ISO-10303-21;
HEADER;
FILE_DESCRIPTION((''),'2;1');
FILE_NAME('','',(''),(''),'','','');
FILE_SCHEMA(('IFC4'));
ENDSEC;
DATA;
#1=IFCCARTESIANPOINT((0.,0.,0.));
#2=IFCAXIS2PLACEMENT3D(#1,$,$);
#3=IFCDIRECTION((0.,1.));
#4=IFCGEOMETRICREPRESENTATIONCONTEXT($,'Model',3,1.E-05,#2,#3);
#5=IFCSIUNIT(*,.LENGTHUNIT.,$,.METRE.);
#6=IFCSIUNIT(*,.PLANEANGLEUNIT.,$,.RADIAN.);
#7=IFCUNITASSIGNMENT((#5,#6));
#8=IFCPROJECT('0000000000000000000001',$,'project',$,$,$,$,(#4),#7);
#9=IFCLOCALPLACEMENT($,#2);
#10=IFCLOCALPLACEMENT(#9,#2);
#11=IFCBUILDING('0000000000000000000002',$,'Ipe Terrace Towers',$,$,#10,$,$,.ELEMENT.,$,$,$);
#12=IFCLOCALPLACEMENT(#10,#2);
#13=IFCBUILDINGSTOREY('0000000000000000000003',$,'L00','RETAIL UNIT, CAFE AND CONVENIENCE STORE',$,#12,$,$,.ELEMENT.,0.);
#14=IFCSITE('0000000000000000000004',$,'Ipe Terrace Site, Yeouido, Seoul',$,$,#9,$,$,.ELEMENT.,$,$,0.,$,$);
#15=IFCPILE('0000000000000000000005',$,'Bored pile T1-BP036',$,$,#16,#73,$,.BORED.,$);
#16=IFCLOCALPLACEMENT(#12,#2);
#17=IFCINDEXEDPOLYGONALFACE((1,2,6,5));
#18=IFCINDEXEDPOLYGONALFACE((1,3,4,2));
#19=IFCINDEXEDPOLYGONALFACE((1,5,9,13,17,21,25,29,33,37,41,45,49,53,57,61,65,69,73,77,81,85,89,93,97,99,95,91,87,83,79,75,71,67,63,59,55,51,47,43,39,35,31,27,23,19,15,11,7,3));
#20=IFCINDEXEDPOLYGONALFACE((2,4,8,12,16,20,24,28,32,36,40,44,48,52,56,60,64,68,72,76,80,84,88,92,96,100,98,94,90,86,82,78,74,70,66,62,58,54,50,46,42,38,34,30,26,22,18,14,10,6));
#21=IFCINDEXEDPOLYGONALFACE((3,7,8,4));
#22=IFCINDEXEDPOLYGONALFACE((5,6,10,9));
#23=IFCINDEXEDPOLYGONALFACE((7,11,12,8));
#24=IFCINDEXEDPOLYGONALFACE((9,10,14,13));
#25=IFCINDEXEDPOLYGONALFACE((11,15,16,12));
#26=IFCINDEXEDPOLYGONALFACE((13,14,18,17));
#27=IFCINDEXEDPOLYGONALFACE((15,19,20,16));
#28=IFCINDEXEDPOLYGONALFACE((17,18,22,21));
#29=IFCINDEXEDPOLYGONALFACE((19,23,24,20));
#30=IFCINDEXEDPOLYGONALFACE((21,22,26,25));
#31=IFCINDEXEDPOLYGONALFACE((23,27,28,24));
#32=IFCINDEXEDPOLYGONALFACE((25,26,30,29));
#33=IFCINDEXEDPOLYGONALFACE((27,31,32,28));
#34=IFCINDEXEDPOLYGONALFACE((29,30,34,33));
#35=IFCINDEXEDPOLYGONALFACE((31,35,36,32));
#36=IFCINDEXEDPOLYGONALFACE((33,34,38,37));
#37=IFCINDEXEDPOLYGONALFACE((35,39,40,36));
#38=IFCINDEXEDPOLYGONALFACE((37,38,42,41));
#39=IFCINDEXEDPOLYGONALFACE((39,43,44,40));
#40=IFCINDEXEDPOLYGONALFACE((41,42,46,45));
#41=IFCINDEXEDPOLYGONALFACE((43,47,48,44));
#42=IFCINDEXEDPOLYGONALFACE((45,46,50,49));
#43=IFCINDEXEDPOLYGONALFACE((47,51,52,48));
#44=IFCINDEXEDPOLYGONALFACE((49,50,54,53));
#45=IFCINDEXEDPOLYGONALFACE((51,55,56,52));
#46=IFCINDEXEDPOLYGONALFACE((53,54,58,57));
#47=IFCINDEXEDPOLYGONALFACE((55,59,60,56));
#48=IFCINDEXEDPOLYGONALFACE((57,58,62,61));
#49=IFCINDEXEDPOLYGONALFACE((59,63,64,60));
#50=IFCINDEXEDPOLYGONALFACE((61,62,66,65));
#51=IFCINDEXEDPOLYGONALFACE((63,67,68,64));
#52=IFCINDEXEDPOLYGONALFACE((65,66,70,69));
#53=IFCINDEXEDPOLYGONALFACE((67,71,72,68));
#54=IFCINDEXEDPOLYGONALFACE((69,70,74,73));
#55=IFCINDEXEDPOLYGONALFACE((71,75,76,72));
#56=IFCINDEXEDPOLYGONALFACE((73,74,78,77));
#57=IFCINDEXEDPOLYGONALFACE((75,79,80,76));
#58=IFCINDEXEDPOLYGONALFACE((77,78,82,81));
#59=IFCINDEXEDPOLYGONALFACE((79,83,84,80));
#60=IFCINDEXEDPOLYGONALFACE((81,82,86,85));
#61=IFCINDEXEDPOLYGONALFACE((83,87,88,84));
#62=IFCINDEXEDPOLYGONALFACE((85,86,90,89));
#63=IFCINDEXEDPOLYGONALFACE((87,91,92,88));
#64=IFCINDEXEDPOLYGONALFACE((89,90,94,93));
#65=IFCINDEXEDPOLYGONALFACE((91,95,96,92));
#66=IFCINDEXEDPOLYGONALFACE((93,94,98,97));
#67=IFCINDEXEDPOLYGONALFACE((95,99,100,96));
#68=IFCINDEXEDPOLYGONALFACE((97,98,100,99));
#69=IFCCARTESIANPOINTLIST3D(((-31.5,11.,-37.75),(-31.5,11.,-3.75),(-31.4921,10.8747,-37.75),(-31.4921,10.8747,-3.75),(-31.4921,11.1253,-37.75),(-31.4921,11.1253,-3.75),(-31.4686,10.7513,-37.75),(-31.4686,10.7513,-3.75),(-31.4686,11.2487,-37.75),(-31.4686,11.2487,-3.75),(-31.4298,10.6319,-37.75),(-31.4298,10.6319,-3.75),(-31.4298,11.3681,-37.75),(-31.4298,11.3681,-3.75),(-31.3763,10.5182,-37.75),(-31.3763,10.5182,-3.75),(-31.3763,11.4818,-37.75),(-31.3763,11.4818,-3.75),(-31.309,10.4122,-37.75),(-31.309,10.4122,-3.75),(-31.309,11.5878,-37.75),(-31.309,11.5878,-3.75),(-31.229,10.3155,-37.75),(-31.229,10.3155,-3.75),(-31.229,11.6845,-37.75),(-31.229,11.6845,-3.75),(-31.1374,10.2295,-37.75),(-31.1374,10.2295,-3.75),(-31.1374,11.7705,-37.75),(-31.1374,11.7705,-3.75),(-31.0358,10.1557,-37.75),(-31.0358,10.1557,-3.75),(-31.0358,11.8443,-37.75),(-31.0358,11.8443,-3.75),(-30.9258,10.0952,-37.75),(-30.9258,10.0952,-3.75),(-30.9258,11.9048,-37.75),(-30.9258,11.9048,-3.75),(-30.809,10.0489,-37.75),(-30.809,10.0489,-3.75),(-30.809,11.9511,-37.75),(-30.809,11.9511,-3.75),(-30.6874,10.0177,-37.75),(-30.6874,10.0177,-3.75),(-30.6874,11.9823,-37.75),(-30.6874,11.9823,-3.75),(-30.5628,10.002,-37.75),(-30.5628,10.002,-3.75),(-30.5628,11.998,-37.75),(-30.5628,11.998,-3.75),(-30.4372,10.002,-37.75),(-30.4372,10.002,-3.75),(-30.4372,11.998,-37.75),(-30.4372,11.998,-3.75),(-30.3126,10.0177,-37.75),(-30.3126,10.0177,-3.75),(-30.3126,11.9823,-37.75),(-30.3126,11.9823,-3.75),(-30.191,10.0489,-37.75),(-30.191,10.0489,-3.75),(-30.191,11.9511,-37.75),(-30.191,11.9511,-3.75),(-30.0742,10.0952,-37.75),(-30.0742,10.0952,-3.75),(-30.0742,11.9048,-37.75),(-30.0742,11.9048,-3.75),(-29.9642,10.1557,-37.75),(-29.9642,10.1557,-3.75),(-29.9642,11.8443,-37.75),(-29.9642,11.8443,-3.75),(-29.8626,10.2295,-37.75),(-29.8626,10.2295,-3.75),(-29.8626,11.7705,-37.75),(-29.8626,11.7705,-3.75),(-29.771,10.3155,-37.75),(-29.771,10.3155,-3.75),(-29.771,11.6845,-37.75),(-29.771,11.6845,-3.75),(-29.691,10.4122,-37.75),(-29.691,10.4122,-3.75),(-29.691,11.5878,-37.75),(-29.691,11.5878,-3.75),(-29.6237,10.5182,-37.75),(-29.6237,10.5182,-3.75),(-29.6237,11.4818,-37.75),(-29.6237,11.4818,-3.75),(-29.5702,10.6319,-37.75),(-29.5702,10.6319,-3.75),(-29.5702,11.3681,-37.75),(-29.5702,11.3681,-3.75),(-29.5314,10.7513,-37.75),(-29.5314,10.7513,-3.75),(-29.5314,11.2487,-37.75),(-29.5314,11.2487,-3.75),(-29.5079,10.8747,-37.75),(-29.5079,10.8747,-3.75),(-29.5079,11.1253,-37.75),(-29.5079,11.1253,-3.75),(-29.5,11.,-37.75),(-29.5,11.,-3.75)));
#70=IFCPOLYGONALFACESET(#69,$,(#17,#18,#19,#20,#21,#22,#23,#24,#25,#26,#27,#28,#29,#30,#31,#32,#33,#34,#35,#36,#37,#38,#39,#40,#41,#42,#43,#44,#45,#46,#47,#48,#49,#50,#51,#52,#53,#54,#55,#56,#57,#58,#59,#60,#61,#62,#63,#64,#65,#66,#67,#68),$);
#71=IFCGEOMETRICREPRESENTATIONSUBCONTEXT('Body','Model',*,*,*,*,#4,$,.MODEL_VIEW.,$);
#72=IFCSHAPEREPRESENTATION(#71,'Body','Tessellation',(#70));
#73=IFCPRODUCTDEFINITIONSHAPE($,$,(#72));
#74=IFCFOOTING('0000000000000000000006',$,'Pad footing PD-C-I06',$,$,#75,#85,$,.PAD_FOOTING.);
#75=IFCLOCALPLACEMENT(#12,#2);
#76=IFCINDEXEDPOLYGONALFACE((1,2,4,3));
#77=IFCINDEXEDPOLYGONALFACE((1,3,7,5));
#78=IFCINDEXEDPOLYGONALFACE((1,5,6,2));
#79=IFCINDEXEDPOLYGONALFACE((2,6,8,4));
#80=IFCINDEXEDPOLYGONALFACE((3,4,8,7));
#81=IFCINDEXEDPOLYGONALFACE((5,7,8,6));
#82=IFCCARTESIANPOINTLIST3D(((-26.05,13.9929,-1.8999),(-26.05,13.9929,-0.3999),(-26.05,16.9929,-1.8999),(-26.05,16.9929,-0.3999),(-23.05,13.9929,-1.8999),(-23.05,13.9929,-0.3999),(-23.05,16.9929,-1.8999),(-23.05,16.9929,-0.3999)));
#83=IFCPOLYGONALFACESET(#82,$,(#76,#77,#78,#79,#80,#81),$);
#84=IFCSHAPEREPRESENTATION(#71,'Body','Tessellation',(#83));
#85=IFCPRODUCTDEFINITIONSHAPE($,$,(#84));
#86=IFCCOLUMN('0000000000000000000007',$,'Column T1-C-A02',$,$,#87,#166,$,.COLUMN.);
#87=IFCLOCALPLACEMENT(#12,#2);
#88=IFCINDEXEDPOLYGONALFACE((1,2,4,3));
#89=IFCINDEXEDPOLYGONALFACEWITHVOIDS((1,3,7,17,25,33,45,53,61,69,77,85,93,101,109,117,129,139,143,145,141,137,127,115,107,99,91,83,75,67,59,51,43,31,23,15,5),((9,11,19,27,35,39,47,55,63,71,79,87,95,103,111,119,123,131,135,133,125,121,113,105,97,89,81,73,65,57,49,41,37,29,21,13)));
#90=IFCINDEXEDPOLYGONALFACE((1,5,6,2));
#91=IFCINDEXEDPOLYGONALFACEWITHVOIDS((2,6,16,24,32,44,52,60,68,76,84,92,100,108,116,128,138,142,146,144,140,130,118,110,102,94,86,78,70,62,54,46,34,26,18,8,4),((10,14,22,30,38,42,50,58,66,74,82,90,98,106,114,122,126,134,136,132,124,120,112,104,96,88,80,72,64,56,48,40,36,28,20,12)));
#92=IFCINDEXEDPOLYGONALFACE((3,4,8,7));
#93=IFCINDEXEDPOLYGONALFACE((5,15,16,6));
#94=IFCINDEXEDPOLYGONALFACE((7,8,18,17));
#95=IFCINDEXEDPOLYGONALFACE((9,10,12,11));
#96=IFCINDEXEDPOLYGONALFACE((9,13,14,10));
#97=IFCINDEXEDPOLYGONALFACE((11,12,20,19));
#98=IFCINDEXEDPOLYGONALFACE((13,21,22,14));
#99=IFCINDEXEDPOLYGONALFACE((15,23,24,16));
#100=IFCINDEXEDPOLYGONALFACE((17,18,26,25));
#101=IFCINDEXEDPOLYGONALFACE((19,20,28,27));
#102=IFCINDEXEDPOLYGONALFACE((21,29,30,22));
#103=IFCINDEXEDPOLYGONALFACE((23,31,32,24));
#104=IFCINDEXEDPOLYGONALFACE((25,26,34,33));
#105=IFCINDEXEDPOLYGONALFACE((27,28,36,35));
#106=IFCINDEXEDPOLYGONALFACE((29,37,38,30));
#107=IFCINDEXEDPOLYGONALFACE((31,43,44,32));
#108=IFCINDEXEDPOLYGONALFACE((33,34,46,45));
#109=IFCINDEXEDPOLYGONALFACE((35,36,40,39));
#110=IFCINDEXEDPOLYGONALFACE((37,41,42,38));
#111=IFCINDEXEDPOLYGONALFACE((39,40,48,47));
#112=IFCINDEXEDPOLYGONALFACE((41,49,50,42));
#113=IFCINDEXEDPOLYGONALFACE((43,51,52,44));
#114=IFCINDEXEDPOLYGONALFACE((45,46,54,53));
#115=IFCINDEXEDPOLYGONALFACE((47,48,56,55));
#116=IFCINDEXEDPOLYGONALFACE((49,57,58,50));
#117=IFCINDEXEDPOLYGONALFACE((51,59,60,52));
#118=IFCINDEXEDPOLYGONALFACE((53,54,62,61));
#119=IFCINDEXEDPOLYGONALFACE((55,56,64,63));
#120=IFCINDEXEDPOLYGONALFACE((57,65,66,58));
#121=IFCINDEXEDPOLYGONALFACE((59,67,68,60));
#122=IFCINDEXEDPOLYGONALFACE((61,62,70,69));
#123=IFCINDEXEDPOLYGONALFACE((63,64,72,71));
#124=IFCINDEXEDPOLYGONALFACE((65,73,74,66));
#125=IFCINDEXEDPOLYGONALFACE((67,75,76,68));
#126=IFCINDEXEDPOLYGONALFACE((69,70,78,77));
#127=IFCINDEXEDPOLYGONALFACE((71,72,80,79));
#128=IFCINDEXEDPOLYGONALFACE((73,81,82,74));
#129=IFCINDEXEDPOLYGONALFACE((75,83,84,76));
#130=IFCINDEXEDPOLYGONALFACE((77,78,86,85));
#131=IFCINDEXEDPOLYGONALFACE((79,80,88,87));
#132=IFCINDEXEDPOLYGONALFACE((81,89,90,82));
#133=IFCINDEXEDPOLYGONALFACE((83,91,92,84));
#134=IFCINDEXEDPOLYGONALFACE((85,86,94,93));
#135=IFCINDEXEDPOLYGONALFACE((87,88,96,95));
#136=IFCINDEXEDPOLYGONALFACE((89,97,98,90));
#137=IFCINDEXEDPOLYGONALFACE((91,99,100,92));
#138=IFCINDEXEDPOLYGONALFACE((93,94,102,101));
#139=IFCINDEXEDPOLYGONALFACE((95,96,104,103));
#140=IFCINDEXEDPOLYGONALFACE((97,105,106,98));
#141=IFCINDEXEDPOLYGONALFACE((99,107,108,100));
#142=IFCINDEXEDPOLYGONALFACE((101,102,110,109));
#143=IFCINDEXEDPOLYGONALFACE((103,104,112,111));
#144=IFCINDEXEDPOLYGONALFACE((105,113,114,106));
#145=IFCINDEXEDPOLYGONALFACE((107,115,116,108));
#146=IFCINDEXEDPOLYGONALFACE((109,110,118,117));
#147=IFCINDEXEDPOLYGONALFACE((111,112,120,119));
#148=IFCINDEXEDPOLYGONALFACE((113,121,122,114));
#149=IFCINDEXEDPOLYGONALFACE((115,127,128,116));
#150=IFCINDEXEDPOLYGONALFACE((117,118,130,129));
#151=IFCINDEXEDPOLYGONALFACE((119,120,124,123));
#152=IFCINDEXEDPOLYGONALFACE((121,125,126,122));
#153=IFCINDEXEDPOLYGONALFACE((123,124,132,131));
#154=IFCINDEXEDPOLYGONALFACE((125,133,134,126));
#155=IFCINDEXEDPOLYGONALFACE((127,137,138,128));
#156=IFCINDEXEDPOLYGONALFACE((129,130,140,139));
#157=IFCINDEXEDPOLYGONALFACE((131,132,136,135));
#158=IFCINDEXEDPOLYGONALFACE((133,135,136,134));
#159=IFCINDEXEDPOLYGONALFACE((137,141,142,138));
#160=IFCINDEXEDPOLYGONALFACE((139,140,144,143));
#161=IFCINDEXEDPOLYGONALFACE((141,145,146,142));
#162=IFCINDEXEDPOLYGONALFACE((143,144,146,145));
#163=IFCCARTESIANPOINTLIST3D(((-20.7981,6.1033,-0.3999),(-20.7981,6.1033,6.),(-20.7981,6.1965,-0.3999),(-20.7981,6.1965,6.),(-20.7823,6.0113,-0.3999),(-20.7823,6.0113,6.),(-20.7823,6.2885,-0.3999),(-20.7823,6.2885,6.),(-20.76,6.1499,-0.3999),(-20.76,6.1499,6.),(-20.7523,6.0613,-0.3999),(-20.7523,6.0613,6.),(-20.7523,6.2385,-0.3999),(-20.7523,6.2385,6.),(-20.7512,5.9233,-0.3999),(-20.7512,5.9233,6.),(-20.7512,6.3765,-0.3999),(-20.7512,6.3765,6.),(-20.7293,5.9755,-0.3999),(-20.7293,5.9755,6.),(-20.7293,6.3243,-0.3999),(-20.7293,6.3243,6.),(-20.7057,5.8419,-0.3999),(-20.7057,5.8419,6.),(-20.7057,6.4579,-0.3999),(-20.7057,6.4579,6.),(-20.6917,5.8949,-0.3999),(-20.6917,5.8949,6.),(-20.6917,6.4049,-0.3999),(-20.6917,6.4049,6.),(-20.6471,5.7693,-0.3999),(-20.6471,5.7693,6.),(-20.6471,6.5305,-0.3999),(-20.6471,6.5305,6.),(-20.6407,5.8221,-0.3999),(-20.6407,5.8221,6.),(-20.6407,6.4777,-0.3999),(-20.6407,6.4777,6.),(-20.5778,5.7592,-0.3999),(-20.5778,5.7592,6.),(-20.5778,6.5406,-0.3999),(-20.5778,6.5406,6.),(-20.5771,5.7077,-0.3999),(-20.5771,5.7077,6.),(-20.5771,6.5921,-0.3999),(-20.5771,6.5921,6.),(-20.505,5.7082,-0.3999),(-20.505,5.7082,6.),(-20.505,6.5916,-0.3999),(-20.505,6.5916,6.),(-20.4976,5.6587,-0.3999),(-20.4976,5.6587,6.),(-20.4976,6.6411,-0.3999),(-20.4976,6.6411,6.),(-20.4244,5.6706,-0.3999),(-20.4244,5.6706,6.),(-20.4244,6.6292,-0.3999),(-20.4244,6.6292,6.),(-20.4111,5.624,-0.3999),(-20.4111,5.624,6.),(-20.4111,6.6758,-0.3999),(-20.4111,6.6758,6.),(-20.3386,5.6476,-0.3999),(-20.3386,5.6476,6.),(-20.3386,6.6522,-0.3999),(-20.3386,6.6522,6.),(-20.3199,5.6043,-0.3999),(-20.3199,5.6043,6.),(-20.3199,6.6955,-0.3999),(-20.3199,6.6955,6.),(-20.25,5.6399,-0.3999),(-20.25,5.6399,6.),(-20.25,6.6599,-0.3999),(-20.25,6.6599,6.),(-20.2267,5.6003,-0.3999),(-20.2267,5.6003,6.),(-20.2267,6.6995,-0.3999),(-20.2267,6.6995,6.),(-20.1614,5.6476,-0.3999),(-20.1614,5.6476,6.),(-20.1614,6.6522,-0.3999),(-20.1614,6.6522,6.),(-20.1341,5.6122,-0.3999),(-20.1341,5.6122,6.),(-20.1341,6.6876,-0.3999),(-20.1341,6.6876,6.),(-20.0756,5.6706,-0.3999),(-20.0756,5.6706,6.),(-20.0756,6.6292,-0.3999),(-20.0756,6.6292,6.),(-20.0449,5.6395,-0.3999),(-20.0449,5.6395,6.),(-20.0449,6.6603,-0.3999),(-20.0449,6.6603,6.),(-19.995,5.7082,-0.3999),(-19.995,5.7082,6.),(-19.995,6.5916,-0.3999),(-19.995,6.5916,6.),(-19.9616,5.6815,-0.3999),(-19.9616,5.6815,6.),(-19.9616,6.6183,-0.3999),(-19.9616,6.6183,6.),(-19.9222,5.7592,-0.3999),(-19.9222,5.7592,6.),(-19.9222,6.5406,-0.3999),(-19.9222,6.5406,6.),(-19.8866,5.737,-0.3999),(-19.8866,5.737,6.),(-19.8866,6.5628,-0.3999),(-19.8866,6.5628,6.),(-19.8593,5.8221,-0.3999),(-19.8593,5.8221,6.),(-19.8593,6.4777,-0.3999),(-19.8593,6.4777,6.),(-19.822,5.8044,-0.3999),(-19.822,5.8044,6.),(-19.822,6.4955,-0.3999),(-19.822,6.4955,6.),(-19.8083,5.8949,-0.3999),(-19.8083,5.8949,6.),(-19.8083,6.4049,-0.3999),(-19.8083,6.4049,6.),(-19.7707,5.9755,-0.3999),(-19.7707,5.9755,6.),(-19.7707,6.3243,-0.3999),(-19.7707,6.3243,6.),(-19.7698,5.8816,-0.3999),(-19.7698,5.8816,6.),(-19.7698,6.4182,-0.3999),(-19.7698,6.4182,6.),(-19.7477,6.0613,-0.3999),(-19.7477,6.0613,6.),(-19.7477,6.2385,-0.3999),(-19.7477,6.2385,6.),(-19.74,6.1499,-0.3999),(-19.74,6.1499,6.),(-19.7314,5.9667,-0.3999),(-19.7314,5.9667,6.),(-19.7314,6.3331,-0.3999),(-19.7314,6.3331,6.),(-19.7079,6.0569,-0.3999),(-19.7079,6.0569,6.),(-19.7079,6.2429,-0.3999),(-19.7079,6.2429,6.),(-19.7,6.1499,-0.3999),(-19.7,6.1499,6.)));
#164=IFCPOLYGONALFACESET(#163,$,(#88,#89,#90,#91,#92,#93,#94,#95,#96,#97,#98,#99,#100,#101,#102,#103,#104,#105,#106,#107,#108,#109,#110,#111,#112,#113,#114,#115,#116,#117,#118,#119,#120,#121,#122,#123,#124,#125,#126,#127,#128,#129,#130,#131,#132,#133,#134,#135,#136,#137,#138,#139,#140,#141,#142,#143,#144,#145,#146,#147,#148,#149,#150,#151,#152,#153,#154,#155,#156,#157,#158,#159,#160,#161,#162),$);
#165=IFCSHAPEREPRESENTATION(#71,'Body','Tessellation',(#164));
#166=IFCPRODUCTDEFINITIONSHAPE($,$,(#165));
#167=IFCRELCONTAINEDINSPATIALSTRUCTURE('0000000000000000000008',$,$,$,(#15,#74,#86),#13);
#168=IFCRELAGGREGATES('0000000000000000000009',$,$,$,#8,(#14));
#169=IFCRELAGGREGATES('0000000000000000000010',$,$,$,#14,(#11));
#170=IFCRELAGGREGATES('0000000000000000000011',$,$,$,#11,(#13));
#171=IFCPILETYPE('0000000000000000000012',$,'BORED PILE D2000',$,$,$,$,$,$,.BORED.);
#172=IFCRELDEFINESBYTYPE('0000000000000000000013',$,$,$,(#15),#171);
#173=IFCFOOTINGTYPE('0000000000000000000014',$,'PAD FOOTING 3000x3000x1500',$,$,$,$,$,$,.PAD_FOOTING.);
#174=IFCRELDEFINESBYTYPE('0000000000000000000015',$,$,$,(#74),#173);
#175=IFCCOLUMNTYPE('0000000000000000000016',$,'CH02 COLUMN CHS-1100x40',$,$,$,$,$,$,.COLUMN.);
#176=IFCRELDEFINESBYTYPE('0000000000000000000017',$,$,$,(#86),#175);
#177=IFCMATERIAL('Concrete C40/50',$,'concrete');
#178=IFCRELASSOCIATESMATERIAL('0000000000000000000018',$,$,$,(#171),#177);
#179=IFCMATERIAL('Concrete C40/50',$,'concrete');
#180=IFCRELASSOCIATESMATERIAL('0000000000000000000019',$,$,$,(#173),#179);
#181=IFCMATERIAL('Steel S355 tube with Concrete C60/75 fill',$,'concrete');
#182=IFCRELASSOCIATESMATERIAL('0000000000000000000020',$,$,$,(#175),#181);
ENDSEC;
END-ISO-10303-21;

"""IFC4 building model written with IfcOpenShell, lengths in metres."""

from ifc_helpers import new_model, si_unit, direction, frame, origin, origin_2d, place, context, subcontext, project, spatial, rectangle, circle, hollow_circle, extrude, material, material_profile, profile_set, type_object, element, save


model = new_model("IFC4")

# Units and contexts
model_context = context("Model", 3, precision=1e-05, world=origin(), true_north=direction((0.0, 1.0)))
body_context = subcontext(model_context, "Body", "Model", "MODEL_VIEW")
ifc_project = project(units=[si_unit("LENGTHUNIT", "METRE"), si_unit("PLANEANGLEUNIT", "RADIAN")], contexts=[model_context])

# Site, building, storey
site_placement = place(None, origin())
site = spatial("IfcSite", under=ifc_project, at=site_placement, Name="Ipe Terrace Site, Yeouido, Seoul", CompositionType="ELEMENT", RefElevation=0.0)
building_placement = place(site_placement, origin())
building = spatial("IfcBuilding", under=site, at=building_placement, Name="Ipe Terrace Towers", CompositionType="ELEMENT")
storey_placement = place(building_placement, origin())
storey = spatial("IfcBuildingStorey", under=building, at=storey_placement, Name="L00", Description="RETAIL UNIT, CAFE AND CONVENIENCE STORE", CompositionType="ELEMENT", Elevation=0.0)

# Pile
ifc_material_1 = material(Name="Concrete C40/50", Category="concrete")
ifc_material_profile_1 = material_profile(ifc_material_1, circle(Radius=1.0, at=origin_2d()), Name="BORED PILE D2000")
ifc_profile_set_1 = profile_set([ifc_material_profile_1], Name="Concrete C40/50")
pile_type = type_object("IfcPileType", Name="BORED PILE D2000", PredefinedType="BORED", material=ifc_profile_set_1)
for number, where, z_axis, x_axis, name in (
    (1, (-30.5, 11.0, -3.75), (0.0, 0.0, -1.0), (1.0, 0.0, 0.0), "Bored pile T1-BP036"),
):
    element("IfcPile", number, at=place(storey_placement, frame(where, z_axis=z_axis, x_axis=x_axis)), inside=storey, type_object=pile_type, Name=name, PredefinedType="BORED", context=body_context, shape_type="SweptSolid", body=[
        extrude(circle(Radius=1.0, at=origin_2d()), origin(), (0.0, 0.0, 1.0), 34.0),
    ])

# Footing
ifc_material_2 = material(Name="Concrete C40/50", Category="concrete")
footing_type = type_object("IfcFootingType", Name="PAD FOOTING 3000x3000x1500", PredefinedType="PAD_FOOTING", material=ifc_material_2)
footing_placement = place(storey_placement, frame((-24.55, 15.4929, -1.8999), z_axis=(0.0, 0.0, 1.0), x_axis=(1.0, 0.0, 0.0)))
element("IfcFooting", 2, at=footing_placement, inside=storey, type_object=footing_type, Name="Pad footing PD-C-I06", PredefinedType="PAD_FOOTING", context=body_context, shape_type="SweptSolid", body=[
    extrude(rectangle(XDim=3.0, YDim=3.0, at=origin_2d()), origin(), (0.0, 0.0, 1.0), 1.5),
])

# Column
ifc_material_3 = material(Name="Steel S355 tube with Concrete C60/75 fill", Category="concrete")
ifc_material_profile_2 = material_profile(ifc_material_3, hollow_circle(Radius=0.55, WallThickness=0.04, at=origin_2d()), Name="CHS-1100x40")
ifc_profile_set_2 = profile_set([ifc_material_profile_2], Name="Steel S355 tube with Concrete C60/75 fill")
column_type_1 = type_object("IfcColumnType", Name="CH02 COLUMN CHS-1100x40", PredefinedType="COLUMN", material=ifc_profile_set_2)
column_1_placement = place(storey_placement, frame((-20.25, 6.1499, -0.3999), z_axis=(0.0, 0.0, 1.0), x_axis=(1.0, 0.0, 0.0)))
element("IfcColumn", 3, at=column_1_placement, inside=storey, type_object=column_type_1, Name="Column T1-C-A02", PredefinedType="COLUMN", context=body_context, shape_type="SweptSolid", body=[
    extrude(hollow_circle(Radius=0.55, WallThickness=0.04, at=origin_2d()), origin(), (0.0, 0.0, 1.0), 6.3999),
])

save(model, "model.ifc")
